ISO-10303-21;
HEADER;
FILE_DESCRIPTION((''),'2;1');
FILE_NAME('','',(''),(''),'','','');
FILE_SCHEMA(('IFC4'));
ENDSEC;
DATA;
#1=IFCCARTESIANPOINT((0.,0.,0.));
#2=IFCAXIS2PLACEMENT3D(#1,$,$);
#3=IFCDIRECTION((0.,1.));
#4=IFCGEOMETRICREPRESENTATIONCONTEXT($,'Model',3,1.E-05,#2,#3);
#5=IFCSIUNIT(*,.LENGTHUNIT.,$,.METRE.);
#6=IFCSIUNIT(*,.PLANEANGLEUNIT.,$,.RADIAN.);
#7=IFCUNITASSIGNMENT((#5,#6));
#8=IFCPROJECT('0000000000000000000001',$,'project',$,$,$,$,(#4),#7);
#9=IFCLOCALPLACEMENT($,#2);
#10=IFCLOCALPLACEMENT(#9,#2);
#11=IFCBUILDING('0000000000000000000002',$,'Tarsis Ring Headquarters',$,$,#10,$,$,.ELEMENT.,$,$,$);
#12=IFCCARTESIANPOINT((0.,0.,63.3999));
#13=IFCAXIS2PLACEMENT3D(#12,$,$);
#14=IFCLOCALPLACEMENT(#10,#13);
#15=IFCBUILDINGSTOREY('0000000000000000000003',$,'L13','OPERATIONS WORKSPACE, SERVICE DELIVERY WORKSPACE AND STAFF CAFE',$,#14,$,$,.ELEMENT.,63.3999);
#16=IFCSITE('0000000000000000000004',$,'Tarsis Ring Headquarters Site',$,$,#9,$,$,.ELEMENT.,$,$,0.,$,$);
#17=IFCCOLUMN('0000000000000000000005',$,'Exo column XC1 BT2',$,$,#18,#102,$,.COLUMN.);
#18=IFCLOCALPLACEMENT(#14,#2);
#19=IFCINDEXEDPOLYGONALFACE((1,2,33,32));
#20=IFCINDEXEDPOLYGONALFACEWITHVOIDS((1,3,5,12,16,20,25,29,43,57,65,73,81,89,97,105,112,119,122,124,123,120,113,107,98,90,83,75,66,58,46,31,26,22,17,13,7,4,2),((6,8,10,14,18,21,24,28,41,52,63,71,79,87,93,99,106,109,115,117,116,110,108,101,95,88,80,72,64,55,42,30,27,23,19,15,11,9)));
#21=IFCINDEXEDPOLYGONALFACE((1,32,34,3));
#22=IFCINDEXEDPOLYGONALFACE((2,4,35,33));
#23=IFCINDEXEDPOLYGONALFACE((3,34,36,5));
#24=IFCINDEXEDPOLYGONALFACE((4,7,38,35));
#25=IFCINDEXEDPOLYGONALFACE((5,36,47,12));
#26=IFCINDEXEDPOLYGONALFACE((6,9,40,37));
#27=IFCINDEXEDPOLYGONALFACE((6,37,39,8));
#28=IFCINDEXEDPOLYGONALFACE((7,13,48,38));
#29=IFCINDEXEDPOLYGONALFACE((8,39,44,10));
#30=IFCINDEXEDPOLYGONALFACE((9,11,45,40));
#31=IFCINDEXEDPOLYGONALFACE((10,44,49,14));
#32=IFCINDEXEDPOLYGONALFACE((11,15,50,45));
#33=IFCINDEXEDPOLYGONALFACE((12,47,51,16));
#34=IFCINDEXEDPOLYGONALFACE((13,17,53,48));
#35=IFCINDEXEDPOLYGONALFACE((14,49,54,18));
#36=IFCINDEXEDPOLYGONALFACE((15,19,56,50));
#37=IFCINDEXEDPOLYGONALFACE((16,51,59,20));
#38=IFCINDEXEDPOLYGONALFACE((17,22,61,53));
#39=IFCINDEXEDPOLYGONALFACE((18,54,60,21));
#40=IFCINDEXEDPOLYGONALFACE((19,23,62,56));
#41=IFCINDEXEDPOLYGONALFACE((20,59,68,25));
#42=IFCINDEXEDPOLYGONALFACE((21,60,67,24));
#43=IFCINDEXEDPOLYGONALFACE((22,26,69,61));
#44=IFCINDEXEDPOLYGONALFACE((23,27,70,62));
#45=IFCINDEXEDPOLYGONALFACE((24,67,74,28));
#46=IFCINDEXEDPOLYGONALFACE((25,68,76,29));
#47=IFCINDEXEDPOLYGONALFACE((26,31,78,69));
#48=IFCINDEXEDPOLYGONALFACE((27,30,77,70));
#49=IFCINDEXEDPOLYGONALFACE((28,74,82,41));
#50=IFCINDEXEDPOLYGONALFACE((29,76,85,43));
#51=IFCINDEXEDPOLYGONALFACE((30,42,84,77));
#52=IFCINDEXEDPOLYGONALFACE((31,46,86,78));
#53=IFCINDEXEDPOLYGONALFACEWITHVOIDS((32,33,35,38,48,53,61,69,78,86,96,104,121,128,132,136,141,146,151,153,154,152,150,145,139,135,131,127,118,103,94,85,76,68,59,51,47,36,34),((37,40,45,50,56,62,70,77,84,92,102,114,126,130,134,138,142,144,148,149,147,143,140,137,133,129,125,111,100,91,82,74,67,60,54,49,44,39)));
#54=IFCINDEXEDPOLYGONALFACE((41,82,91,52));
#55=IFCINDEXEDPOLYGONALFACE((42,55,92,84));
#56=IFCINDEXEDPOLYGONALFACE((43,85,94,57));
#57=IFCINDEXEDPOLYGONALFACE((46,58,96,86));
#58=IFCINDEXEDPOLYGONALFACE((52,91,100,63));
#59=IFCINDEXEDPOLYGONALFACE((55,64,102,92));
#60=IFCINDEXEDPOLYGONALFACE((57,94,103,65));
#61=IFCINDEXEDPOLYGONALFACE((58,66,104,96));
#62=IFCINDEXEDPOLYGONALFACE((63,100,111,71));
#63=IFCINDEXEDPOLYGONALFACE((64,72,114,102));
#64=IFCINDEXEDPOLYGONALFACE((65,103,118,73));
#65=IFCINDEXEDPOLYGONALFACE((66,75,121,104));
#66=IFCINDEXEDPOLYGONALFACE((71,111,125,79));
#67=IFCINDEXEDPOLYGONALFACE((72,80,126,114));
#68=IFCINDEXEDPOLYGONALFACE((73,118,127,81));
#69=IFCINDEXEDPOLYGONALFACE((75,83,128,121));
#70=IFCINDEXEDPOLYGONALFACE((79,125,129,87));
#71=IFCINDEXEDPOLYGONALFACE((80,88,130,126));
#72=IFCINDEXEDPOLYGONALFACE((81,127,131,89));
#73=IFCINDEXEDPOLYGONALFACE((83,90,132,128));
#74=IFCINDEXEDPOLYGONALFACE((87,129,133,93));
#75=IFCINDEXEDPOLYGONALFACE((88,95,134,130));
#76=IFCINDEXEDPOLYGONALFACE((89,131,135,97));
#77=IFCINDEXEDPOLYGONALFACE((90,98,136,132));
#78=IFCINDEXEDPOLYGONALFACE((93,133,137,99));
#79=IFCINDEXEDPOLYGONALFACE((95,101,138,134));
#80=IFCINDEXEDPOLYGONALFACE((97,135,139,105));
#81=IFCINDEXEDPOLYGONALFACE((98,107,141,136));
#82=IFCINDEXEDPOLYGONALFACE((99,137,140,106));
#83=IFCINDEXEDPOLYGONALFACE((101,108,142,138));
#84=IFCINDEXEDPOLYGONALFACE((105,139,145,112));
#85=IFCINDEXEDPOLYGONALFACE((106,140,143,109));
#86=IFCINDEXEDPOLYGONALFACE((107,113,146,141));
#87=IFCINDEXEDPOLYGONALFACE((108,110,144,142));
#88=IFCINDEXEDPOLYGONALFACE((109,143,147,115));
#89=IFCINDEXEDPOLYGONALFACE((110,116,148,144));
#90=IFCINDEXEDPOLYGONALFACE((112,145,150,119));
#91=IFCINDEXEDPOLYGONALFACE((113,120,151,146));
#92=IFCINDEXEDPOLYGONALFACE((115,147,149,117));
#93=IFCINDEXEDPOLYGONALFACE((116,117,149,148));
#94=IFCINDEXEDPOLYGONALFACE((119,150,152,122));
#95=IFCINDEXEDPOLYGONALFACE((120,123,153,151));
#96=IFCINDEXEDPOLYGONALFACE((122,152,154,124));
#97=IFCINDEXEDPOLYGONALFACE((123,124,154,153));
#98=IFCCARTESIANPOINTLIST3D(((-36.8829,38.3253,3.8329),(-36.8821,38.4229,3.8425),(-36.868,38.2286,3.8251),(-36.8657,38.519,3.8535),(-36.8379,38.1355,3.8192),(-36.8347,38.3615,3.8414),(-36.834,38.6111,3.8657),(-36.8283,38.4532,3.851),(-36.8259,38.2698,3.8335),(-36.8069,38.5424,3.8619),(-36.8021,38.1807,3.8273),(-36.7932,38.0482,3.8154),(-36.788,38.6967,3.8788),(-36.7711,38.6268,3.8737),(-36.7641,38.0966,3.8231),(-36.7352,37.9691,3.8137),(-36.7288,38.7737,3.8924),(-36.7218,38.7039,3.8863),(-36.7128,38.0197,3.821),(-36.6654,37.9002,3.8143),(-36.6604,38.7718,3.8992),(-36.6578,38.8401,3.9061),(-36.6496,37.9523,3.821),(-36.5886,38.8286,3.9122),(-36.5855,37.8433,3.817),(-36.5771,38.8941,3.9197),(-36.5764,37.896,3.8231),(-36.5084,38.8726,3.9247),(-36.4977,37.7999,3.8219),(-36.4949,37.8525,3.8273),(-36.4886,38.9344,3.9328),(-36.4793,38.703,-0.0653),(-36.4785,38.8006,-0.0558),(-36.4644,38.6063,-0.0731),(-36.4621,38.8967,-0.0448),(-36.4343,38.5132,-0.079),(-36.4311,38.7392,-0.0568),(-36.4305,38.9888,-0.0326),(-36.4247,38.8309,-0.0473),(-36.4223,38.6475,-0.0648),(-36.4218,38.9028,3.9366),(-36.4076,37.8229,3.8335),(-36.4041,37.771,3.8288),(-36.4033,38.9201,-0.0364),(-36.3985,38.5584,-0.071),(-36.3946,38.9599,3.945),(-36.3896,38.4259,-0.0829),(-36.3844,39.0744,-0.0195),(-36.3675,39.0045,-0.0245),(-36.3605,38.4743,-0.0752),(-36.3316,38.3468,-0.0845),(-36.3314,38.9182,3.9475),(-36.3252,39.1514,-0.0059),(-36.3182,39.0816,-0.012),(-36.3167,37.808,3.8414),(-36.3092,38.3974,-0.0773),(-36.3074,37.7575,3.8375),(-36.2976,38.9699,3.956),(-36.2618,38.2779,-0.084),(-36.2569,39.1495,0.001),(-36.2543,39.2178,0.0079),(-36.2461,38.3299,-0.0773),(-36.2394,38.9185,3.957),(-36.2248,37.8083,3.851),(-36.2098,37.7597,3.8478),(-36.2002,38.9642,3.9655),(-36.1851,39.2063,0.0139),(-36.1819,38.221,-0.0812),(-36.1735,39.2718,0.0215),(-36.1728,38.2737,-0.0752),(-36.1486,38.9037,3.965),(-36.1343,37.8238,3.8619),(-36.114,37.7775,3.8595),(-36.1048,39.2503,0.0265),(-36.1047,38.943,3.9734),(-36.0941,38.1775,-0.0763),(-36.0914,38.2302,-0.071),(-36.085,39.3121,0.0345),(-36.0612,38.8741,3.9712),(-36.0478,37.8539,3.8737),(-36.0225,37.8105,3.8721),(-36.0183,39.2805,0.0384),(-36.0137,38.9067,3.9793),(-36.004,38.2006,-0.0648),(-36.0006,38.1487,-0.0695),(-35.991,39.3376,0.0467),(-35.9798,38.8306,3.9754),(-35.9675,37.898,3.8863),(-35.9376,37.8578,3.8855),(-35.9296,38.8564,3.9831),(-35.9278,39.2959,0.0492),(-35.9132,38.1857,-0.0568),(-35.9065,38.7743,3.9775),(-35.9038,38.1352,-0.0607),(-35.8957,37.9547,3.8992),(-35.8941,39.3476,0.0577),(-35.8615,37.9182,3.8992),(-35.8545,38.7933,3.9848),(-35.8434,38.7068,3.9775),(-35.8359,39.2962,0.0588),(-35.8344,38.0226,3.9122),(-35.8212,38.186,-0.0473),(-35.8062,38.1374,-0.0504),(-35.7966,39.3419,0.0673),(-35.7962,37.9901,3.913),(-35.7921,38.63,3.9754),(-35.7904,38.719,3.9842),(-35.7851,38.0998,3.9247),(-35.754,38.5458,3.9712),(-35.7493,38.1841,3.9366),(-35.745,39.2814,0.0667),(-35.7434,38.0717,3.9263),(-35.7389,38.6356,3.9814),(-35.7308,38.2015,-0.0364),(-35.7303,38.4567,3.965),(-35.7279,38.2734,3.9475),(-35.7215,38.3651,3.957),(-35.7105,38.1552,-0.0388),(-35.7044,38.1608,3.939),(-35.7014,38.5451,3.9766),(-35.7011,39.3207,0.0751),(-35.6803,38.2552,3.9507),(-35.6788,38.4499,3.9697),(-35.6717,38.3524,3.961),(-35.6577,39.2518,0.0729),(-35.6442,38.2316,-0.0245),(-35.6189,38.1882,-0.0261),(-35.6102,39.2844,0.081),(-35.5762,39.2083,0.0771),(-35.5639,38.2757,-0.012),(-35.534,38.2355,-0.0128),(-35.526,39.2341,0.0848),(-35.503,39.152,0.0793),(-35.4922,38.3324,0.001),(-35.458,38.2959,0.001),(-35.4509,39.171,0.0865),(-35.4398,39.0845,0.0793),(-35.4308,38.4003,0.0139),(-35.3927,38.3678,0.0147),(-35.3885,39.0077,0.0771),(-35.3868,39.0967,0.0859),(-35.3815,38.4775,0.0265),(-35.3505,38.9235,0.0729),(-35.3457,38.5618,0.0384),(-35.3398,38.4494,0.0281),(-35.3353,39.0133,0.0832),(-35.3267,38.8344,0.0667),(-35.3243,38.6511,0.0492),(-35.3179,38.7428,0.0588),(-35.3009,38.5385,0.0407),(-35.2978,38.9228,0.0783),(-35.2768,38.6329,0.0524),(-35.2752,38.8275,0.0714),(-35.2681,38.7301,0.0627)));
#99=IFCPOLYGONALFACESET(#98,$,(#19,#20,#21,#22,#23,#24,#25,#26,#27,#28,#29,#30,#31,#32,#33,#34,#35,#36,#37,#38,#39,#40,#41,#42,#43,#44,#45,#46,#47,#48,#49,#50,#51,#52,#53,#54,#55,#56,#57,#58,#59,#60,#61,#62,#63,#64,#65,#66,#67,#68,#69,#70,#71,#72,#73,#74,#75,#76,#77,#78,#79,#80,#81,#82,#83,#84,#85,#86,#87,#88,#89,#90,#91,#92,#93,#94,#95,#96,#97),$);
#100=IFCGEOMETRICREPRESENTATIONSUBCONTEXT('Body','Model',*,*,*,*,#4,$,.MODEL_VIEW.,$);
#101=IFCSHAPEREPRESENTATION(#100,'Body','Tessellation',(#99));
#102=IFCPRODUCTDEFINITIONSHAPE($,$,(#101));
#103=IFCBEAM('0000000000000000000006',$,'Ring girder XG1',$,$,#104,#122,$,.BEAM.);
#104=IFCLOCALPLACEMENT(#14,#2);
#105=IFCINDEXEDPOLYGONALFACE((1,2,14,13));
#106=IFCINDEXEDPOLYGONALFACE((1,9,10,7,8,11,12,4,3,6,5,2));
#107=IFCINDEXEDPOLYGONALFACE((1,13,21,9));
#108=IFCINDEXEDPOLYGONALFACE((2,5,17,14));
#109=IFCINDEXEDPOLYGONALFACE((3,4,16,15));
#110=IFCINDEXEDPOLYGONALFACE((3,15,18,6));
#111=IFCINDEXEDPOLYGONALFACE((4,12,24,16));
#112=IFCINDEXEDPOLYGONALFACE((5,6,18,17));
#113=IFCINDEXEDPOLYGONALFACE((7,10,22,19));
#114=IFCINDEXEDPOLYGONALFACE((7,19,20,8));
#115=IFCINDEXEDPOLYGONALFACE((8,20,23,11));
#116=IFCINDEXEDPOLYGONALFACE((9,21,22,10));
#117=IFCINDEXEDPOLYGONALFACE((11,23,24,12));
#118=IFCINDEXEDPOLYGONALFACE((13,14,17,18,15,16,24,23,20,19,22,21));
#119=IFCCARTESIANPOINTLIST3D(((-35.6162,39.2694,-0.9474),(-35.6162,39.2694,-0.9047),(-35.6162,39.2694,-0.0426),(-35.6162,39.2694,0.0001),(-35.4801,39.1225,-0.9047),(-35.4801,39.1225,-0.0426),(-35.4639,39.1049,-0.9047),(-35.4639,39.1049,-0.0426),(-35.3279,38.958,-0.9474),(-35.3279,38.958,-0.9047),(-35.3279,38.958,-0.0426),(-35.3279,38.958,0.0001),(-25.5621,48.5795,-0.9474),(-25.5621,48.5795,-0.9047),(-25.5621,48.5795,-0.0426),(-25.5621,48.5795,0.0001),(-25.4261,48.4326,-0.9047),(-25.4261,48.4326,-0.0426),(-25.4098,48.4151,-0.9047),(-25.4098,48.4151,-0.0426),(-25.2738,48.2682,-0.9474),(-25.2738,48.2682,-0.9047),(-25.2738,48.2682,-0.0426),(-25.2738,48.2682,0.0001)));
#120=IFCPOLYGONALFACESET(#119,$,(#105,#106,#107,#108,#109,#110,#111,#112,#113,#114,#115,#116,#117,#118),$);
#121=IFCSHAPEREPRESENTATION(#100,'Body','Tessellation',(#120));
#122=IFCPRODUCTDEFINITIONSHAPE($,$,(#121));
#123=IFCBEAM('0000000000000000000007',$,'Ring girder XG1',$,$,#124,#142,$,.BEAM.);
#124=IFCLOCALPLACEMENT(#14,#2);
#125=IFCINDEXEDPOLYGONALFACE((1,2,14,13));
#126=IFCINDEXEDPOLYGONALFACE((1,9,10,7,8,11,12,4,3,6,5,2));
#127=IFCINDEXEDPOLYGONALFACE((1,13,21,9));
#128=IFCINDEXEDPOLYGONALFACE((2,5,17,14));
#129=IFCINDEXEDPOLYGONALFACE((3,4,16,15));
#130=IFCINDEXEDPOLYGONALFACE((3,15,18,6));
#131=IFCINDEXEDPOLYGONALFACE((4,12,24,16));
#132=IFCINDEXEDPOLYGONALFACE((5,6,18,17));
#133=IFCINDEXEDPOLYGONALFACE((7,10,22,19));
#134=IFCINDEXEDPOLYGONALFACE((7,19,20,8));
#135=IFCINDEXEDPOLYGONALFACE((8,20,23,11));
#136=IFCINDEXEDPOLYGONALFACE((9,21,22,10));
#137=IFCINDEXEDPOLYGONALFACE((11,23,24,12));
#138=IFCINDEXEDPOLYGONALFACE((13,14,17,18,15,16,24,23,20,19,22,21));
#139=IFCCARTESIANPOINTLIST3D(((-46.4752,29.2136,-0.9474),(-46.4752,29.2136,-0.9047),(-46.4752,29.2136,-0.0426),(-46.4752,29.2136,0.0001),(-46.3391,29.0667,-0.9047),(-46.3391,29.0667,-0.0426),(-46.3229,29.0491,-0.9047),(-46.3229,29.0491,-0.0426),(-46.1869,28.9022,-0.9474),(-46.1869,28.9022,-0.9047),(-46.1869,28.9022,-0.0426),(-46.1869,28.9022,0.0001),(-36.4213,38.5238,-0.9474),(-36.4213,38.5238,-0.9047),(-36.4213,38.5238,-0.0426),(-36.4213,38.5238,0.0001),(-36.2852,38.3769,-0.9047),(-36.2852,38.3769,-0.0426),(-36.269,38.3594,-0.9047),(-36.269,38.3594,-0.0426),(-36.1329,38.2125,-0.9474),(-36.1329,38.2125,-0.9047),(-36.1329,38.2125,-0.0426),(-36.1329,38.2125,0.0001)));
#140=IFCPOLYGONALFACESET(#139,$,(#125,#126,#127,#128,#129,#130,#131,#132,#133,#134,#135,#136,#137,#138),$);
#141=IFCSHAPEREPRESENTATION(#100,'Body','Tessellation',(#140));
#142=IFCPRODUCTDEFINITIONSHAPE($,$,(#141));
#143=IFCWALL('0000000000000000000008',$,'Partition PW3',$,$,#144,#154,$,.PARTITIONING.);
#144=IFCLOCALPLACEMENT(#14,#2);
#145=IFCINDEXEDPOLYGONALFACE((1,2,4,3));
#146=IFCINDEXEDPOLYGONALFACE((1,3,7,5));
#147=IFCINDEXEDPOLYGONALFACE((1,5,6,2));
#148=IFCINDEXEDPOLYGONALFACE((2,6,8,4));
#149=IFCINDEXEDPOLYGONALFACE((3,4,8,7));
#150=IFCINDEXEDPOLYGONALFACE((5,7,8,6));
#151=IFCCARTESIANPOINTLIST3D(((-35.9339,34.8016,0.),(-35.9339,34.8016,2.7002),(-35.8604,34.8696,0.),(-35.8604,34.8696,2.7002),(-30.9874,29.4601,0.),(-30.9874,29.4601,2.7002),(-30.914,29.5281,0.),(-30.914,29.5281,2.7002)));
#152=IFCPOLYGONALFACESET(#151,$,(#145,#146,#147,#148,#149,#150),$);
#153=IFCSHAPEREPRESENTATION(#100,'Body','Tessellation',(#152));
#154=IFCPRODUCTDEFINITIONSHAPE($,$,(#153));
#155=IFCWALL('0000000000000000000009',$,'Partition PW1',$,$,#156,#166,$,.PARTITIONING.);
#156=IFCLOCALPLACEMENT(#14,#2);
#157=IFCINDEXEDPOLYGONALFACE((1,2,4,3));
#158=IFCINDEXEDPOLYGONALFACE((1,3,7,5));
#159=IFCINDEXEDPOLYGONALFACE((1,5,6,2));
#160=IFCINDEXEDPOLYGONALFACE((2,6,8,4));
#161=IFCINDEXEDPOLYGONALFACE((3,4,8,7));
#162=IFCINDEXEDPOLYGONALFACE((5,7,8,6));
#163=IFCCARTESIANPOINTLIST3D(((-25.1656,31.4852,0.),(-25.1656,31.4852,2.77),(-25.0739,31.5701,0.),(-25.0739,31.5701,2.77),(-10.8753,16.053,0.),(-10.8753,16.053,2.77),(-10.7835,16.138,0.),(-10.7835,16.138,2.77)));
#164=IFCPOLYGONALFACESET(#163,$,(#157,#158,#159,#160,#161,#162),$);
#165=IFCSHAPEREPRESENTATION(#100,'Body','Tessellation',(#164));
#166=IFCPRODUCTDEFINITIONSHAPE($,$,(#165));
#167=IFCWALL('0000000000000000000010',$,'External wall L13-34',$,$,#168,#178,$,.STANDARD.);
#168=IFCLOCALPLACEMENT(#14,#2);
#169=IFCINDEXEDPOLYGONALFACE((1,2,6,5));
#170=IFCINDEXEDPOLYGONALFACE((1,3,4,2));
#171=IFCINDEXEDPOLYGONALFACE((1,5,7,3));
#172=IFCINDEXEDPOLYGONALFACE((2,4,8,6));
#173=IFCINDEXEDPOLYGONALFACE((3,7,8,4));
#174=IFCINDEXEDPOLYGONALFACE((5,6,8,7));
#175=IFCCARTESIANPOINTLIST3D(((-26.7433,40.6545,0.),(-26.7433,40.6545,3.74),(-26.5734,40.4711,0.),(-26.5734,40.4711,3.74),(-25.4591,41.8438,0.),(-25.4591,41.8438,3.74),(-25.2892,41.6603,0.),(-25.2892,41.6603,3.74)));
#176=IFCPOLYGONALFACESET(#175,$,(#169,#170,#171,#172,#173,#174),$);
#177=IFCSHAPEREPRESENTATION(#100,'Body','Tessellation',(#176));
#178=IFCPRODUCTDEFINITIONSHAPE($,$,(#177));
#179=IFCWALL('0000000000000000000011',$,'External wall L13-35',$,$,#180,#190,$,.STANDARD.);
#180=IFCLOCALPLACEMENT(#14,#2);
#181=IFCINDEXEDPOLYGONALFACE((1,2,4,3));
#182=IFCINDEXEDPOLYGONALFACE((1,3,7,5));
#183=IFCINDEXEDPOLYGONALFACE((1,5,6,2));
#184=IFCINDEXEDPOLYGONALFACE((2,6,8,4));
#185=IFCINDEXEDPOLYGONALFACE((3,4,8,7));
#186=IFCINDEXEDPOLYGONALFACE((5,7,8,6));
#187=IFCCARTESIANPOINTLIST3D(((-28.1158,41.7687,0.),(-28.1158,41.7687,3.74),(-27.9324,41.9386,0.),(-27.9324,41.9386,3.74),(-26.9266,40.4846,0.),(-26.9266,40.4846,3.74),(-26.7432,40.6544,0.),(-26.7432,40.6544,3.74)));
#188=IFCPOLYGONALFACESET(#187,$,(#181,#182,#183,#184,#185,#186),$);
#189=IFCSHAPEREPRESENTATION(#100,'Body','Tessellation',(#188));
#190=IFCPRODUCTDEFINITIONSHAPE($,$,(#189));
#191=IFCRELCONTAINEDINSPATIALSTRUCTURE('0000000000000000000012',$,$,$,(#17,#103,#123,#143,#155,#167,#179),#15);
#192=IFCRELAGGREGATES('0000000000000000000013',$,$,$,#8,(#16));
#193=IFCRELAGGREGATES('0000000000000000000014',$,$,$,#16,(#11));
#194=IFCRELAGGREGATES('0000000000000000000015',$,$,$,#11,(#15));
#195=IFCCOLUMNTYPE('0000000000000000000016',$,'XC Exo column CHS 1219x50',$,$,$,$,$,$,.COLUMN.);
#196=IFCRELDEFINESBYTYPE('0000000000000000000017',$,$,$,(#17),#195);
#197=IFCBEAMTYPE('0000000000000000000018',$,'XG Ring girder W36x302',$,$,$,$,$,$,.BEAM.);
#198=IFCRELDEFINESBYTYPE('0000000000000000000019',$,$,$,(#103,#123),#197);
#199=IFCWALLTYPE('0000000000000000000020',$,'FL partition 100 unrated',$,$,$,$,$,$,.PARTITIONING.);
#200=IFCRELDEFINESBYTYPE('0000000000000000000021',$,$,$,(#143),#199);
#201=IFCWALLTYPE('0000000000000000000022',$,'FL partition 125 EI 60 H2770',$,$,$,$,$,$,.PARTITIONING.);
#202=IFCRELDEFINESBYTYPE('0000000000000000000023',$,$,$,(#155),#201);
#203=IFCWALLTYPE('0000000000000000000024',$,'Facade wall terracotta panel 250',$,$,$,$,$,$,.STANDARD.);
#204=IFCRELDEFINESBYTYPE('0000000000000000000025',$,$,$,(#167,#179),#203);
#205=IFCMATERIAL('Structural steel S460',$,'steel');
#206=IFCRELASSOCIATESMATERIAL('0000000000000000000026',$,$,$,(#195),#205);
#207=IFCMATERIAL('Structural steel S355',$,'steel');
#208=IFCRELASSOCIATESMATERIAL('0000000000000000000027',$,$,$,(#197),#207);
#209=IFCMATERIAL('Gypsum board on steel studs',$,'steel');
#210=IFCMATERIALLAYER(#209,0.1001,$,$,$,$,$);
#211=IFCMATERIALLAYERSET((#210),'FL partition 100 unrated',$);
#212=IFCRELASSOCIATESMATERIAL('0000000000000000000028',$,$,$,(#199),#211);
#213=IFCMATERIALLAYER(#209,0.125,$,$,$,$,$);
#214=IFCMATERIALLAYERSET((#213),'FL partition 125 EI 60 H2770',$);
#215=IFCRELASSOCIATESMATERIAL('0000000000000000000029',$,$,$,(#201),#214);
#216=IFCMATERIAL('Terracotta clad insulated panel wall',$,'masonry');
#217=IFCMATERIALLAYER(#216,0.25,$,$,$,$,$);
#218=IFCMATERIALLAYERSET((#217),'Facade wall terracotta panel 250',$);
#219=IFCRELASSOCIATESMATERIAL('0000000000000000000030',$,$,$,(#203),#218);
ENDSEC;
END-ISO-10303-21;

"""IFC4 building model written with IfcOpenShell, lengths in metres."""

from ifc_helpers import new_model, si_unit, direction, frame, frame_2d, origin, origin_2d, place, context, subcontext, project, spatial, rectangle, hollow_circle, i_section, extrude, material, layer, layer_set, material_profile, profile_set, type_object, element, save


model = new_model("IFC4")

# Units and contexts
model_context = context("Model", 3, precision=1e-05, world=origin(), true_north=direction((0.0, 1.0)))
body_context = subcontext(model_context, "Body", "Model", "MODEL_VIEW")
ifc_project = project(units=[si_unit("LENGTHUNIT", "METRE"), si_unit("PLANEANGLEUNIT", "RADIAN")], contexts=[model_context])

# Site, building, storey
site_placement = place(None, origin())
site = spatial("IfcSite", under=ifc_project, at=site_placement, Name="Tarsis Ring Headquarters Site", CompositionType="ELEMENT", RefElevation=0.0)
building_placement = place(site_placement, origin())
building = spatial("IfcBuilding", under=site, at=building_placement, Name="Tarsis Ring Headquarters", CompositionType="ELEMENT")
storey_placement = place(building_placement, frame((0.0, 0.0, 63.3999)))
storey = spatial("IfcBuildingStorey", under=building, at=storey_placement, Name="L13", Description="OPERATIONS WORKSPACE, SERVICE DELIVERY WORKSPACE AND STAFF CAFE", CompositionType="ELEMENT", Elevation=63.3999)

# Column
ifc_material_1 = material(Name="Structural steel S460", Category="steel")
ifc_material_profile_1 = material_profile(ifc_material_1, hollow_circle(Radius=0.6096, WallThickness=0.05, at=origin_2d()), Name="CHS 1219x50")
ifc_profile_set_1 = profile_set([ifc_material_profile_1], Name="Structural steel S460")
column_type = type_object("IfcColumnType", Name="XC Exo column CHS 1219x50", PredefinedType="COLUMN", material=ifc_profile_set_1)
column_placement = place(storey_placement, frame((-35.8745, 38.741, 0.001), z_axis=(-0.102501, -0.095928, 0.990097), x_axis=(0.683309, -0.730129, 0.0)))
element("IfcColumn", 1, at=column_placement, inside=storey, type_object=column_type, Name="Exo column XC1 BT2", PredefinedType="COLUMN", context=body_context, shape_type="SweptSolid", body=[
    extrude(hollow_circle(Radius=0.6096, WallThickness=0.05, at=origin_2d()), origin(), (0.0, 0.0, 1.0), 3.9373),
])

# Beams
ifc_material_2 = material(Name="Structural steel S355", Category="steel")
ifc_material_profile_2 = material_profile(ifc_material_2, i_section(OverallWidth=0.4243, OverallDepth=0.9475, WebThickness=0.0239, FlangeThickness=0.0427, at=origin_2d()), Name="W36x302")
ifc_profile_set_2 = profile_set([ifc_material_profile_2], Name="Structural steel S355")
beam_type = type_object("IfcBeamType", Name="XG Ring girder W36x302", PredefinedType="BEAM", material=ifc_profile_set_2)
for number, where, z_axis, x_axis, name in (
    (2, (-25.418, 48.4238, -0.4736), (-0.73373, -0.679441, 0.0), (0.679441, -0.73373, 0.0), "Ring girder XG1"),
    (3, (-36.2771, 38.3682, -0.4736), (-0.733721, -0.679451, 0.0), (0.679451, -0.733721, 0.0), "Ring girder XG1"),
):
    element("IfcBeam", number, at=place(storey_placement, frame(where, z_axis=z_axis, x_axis=x_axis)), inside=storey, type_object=beam_type, Name=name, PredefinedType="BEAM", context=body_context, shape_type="SweptSolid", body=[
        extrude(i_section(OverallWidth=0.4243, OverallDepth=0.9475, WebThickness=0.0239, FlangeThickness=0.0427, at=origin_2d()), origin(), (0.0, 0.0, 1.0), 13.7026),
    ])

# Walls
ifc_material_3 = material(Name="Gypsum board on steel studs", Category="steel")
ifc_layer_1 = layer(ifc_material_3, 0.1001)
ifc_layer_set_1 = layer_set([ifc_layer_1], Name="FL partition 100 unrated")
wall_type_1 = type_object("IfcWallType", Name="FL partition 100 unrated", PredefinedType="PARTITIONING", material=ifc_layer_set_1)
wall_1_placement = place(storey_placement, frame((-35.8972, 34.8357, 0.0), z_axis=(0.0, 0.0, 1.0), x_axis=(0.679456, -0.733716, 0.0)))
element("IfcWall", 4, at=wall_1_placement, inside=storey, type_object=wall_type_1, Name="Partition PW3", PredefinedType="PARTITIONING", context=body_context, shape_type="SweptSolid", body=[
    extrude(rectangle(XDim=7.28, YDim=0.1001, at=frame_2d((3.6401, 0.0))), origin(), (0.0, 0.0, 1.0), 2.7002),
])
ifc_layer_2 = layer(ifc_material_3, 0.125)
ifc_layer_set_2 = layer_set([ifc_layer_2], Name="FL partition 125 EI 60 H2770")
wall_type_2 = type_object("IfcWallType", Name="FL partition 125 EI 60 H2770", PredefinedType="PARTITIONING", material=ifc_layer_set_2)
wall_2_placement = place(storey_placement, frame((-25.1196, 31.5276, 0.0), z_axis=(0.0, 0.0, 1.0), x_axis=(0.679441, -0.73373, 0.0)))
element("IfcWall", 5, at=wall_2_placement, inside=storey, type_object=wall_type_2, Name="Partition PW1", PredefinedType="PARTITIONING", context=body_context, shape_type="SweptSolid", body=[
    extrude(rectangle(XDim=21.0325, YDim=0.125, at=frame_2d((10.5161, 0.0))), origin(), (0.0, 0.0, 1.0), 2.77),
])
ifc_material_4 = material(Name="Terracotta clad insulated panel wall", Category="masonry")
ifc_layer_3 = layer(ifc_material_4, 0.25)
ifc_layer_set_3 = layer_set([ifc_layer_3], Name="Facade wall terracotta panel 250")
wall_type_3 = type_object("IfcWallType", Name="Facade wall terracotta panel 250", PredefinedType="STANDARD", material=ifc_layer_set_3)
for number, where, z_axis, x_axis, name in (
    (6, (-25.3743, 41.752, 0.0), (0.0, 0.0, 1.0), (-0.733717, -0.679455, 0.0), "External wall L13-34"),
    (7, (-26.835, 40.5696, 0.0), (0.0, 0.0, 1.0), (-0.679455, 0.733717, 0.0), "External wall L13-35"),
):
    element("IfcWall", number, at=place(storey_placement, frame(where, z_axis=z_axis, x_axis=x_axis)), inside=storey, type_object=wall_type_3, Name=name, PredefinedType="STANDARD", context=body_context, shape_type="SweptSolid", body=[
        extrude(rectangle(XDim=1.7502, YDim=0.25, at=frame_2d((0.875, 0.0))), origin(), (0.0, 0.0, 1.0), 3.74),
    ])

save(model, "model.ifc")
